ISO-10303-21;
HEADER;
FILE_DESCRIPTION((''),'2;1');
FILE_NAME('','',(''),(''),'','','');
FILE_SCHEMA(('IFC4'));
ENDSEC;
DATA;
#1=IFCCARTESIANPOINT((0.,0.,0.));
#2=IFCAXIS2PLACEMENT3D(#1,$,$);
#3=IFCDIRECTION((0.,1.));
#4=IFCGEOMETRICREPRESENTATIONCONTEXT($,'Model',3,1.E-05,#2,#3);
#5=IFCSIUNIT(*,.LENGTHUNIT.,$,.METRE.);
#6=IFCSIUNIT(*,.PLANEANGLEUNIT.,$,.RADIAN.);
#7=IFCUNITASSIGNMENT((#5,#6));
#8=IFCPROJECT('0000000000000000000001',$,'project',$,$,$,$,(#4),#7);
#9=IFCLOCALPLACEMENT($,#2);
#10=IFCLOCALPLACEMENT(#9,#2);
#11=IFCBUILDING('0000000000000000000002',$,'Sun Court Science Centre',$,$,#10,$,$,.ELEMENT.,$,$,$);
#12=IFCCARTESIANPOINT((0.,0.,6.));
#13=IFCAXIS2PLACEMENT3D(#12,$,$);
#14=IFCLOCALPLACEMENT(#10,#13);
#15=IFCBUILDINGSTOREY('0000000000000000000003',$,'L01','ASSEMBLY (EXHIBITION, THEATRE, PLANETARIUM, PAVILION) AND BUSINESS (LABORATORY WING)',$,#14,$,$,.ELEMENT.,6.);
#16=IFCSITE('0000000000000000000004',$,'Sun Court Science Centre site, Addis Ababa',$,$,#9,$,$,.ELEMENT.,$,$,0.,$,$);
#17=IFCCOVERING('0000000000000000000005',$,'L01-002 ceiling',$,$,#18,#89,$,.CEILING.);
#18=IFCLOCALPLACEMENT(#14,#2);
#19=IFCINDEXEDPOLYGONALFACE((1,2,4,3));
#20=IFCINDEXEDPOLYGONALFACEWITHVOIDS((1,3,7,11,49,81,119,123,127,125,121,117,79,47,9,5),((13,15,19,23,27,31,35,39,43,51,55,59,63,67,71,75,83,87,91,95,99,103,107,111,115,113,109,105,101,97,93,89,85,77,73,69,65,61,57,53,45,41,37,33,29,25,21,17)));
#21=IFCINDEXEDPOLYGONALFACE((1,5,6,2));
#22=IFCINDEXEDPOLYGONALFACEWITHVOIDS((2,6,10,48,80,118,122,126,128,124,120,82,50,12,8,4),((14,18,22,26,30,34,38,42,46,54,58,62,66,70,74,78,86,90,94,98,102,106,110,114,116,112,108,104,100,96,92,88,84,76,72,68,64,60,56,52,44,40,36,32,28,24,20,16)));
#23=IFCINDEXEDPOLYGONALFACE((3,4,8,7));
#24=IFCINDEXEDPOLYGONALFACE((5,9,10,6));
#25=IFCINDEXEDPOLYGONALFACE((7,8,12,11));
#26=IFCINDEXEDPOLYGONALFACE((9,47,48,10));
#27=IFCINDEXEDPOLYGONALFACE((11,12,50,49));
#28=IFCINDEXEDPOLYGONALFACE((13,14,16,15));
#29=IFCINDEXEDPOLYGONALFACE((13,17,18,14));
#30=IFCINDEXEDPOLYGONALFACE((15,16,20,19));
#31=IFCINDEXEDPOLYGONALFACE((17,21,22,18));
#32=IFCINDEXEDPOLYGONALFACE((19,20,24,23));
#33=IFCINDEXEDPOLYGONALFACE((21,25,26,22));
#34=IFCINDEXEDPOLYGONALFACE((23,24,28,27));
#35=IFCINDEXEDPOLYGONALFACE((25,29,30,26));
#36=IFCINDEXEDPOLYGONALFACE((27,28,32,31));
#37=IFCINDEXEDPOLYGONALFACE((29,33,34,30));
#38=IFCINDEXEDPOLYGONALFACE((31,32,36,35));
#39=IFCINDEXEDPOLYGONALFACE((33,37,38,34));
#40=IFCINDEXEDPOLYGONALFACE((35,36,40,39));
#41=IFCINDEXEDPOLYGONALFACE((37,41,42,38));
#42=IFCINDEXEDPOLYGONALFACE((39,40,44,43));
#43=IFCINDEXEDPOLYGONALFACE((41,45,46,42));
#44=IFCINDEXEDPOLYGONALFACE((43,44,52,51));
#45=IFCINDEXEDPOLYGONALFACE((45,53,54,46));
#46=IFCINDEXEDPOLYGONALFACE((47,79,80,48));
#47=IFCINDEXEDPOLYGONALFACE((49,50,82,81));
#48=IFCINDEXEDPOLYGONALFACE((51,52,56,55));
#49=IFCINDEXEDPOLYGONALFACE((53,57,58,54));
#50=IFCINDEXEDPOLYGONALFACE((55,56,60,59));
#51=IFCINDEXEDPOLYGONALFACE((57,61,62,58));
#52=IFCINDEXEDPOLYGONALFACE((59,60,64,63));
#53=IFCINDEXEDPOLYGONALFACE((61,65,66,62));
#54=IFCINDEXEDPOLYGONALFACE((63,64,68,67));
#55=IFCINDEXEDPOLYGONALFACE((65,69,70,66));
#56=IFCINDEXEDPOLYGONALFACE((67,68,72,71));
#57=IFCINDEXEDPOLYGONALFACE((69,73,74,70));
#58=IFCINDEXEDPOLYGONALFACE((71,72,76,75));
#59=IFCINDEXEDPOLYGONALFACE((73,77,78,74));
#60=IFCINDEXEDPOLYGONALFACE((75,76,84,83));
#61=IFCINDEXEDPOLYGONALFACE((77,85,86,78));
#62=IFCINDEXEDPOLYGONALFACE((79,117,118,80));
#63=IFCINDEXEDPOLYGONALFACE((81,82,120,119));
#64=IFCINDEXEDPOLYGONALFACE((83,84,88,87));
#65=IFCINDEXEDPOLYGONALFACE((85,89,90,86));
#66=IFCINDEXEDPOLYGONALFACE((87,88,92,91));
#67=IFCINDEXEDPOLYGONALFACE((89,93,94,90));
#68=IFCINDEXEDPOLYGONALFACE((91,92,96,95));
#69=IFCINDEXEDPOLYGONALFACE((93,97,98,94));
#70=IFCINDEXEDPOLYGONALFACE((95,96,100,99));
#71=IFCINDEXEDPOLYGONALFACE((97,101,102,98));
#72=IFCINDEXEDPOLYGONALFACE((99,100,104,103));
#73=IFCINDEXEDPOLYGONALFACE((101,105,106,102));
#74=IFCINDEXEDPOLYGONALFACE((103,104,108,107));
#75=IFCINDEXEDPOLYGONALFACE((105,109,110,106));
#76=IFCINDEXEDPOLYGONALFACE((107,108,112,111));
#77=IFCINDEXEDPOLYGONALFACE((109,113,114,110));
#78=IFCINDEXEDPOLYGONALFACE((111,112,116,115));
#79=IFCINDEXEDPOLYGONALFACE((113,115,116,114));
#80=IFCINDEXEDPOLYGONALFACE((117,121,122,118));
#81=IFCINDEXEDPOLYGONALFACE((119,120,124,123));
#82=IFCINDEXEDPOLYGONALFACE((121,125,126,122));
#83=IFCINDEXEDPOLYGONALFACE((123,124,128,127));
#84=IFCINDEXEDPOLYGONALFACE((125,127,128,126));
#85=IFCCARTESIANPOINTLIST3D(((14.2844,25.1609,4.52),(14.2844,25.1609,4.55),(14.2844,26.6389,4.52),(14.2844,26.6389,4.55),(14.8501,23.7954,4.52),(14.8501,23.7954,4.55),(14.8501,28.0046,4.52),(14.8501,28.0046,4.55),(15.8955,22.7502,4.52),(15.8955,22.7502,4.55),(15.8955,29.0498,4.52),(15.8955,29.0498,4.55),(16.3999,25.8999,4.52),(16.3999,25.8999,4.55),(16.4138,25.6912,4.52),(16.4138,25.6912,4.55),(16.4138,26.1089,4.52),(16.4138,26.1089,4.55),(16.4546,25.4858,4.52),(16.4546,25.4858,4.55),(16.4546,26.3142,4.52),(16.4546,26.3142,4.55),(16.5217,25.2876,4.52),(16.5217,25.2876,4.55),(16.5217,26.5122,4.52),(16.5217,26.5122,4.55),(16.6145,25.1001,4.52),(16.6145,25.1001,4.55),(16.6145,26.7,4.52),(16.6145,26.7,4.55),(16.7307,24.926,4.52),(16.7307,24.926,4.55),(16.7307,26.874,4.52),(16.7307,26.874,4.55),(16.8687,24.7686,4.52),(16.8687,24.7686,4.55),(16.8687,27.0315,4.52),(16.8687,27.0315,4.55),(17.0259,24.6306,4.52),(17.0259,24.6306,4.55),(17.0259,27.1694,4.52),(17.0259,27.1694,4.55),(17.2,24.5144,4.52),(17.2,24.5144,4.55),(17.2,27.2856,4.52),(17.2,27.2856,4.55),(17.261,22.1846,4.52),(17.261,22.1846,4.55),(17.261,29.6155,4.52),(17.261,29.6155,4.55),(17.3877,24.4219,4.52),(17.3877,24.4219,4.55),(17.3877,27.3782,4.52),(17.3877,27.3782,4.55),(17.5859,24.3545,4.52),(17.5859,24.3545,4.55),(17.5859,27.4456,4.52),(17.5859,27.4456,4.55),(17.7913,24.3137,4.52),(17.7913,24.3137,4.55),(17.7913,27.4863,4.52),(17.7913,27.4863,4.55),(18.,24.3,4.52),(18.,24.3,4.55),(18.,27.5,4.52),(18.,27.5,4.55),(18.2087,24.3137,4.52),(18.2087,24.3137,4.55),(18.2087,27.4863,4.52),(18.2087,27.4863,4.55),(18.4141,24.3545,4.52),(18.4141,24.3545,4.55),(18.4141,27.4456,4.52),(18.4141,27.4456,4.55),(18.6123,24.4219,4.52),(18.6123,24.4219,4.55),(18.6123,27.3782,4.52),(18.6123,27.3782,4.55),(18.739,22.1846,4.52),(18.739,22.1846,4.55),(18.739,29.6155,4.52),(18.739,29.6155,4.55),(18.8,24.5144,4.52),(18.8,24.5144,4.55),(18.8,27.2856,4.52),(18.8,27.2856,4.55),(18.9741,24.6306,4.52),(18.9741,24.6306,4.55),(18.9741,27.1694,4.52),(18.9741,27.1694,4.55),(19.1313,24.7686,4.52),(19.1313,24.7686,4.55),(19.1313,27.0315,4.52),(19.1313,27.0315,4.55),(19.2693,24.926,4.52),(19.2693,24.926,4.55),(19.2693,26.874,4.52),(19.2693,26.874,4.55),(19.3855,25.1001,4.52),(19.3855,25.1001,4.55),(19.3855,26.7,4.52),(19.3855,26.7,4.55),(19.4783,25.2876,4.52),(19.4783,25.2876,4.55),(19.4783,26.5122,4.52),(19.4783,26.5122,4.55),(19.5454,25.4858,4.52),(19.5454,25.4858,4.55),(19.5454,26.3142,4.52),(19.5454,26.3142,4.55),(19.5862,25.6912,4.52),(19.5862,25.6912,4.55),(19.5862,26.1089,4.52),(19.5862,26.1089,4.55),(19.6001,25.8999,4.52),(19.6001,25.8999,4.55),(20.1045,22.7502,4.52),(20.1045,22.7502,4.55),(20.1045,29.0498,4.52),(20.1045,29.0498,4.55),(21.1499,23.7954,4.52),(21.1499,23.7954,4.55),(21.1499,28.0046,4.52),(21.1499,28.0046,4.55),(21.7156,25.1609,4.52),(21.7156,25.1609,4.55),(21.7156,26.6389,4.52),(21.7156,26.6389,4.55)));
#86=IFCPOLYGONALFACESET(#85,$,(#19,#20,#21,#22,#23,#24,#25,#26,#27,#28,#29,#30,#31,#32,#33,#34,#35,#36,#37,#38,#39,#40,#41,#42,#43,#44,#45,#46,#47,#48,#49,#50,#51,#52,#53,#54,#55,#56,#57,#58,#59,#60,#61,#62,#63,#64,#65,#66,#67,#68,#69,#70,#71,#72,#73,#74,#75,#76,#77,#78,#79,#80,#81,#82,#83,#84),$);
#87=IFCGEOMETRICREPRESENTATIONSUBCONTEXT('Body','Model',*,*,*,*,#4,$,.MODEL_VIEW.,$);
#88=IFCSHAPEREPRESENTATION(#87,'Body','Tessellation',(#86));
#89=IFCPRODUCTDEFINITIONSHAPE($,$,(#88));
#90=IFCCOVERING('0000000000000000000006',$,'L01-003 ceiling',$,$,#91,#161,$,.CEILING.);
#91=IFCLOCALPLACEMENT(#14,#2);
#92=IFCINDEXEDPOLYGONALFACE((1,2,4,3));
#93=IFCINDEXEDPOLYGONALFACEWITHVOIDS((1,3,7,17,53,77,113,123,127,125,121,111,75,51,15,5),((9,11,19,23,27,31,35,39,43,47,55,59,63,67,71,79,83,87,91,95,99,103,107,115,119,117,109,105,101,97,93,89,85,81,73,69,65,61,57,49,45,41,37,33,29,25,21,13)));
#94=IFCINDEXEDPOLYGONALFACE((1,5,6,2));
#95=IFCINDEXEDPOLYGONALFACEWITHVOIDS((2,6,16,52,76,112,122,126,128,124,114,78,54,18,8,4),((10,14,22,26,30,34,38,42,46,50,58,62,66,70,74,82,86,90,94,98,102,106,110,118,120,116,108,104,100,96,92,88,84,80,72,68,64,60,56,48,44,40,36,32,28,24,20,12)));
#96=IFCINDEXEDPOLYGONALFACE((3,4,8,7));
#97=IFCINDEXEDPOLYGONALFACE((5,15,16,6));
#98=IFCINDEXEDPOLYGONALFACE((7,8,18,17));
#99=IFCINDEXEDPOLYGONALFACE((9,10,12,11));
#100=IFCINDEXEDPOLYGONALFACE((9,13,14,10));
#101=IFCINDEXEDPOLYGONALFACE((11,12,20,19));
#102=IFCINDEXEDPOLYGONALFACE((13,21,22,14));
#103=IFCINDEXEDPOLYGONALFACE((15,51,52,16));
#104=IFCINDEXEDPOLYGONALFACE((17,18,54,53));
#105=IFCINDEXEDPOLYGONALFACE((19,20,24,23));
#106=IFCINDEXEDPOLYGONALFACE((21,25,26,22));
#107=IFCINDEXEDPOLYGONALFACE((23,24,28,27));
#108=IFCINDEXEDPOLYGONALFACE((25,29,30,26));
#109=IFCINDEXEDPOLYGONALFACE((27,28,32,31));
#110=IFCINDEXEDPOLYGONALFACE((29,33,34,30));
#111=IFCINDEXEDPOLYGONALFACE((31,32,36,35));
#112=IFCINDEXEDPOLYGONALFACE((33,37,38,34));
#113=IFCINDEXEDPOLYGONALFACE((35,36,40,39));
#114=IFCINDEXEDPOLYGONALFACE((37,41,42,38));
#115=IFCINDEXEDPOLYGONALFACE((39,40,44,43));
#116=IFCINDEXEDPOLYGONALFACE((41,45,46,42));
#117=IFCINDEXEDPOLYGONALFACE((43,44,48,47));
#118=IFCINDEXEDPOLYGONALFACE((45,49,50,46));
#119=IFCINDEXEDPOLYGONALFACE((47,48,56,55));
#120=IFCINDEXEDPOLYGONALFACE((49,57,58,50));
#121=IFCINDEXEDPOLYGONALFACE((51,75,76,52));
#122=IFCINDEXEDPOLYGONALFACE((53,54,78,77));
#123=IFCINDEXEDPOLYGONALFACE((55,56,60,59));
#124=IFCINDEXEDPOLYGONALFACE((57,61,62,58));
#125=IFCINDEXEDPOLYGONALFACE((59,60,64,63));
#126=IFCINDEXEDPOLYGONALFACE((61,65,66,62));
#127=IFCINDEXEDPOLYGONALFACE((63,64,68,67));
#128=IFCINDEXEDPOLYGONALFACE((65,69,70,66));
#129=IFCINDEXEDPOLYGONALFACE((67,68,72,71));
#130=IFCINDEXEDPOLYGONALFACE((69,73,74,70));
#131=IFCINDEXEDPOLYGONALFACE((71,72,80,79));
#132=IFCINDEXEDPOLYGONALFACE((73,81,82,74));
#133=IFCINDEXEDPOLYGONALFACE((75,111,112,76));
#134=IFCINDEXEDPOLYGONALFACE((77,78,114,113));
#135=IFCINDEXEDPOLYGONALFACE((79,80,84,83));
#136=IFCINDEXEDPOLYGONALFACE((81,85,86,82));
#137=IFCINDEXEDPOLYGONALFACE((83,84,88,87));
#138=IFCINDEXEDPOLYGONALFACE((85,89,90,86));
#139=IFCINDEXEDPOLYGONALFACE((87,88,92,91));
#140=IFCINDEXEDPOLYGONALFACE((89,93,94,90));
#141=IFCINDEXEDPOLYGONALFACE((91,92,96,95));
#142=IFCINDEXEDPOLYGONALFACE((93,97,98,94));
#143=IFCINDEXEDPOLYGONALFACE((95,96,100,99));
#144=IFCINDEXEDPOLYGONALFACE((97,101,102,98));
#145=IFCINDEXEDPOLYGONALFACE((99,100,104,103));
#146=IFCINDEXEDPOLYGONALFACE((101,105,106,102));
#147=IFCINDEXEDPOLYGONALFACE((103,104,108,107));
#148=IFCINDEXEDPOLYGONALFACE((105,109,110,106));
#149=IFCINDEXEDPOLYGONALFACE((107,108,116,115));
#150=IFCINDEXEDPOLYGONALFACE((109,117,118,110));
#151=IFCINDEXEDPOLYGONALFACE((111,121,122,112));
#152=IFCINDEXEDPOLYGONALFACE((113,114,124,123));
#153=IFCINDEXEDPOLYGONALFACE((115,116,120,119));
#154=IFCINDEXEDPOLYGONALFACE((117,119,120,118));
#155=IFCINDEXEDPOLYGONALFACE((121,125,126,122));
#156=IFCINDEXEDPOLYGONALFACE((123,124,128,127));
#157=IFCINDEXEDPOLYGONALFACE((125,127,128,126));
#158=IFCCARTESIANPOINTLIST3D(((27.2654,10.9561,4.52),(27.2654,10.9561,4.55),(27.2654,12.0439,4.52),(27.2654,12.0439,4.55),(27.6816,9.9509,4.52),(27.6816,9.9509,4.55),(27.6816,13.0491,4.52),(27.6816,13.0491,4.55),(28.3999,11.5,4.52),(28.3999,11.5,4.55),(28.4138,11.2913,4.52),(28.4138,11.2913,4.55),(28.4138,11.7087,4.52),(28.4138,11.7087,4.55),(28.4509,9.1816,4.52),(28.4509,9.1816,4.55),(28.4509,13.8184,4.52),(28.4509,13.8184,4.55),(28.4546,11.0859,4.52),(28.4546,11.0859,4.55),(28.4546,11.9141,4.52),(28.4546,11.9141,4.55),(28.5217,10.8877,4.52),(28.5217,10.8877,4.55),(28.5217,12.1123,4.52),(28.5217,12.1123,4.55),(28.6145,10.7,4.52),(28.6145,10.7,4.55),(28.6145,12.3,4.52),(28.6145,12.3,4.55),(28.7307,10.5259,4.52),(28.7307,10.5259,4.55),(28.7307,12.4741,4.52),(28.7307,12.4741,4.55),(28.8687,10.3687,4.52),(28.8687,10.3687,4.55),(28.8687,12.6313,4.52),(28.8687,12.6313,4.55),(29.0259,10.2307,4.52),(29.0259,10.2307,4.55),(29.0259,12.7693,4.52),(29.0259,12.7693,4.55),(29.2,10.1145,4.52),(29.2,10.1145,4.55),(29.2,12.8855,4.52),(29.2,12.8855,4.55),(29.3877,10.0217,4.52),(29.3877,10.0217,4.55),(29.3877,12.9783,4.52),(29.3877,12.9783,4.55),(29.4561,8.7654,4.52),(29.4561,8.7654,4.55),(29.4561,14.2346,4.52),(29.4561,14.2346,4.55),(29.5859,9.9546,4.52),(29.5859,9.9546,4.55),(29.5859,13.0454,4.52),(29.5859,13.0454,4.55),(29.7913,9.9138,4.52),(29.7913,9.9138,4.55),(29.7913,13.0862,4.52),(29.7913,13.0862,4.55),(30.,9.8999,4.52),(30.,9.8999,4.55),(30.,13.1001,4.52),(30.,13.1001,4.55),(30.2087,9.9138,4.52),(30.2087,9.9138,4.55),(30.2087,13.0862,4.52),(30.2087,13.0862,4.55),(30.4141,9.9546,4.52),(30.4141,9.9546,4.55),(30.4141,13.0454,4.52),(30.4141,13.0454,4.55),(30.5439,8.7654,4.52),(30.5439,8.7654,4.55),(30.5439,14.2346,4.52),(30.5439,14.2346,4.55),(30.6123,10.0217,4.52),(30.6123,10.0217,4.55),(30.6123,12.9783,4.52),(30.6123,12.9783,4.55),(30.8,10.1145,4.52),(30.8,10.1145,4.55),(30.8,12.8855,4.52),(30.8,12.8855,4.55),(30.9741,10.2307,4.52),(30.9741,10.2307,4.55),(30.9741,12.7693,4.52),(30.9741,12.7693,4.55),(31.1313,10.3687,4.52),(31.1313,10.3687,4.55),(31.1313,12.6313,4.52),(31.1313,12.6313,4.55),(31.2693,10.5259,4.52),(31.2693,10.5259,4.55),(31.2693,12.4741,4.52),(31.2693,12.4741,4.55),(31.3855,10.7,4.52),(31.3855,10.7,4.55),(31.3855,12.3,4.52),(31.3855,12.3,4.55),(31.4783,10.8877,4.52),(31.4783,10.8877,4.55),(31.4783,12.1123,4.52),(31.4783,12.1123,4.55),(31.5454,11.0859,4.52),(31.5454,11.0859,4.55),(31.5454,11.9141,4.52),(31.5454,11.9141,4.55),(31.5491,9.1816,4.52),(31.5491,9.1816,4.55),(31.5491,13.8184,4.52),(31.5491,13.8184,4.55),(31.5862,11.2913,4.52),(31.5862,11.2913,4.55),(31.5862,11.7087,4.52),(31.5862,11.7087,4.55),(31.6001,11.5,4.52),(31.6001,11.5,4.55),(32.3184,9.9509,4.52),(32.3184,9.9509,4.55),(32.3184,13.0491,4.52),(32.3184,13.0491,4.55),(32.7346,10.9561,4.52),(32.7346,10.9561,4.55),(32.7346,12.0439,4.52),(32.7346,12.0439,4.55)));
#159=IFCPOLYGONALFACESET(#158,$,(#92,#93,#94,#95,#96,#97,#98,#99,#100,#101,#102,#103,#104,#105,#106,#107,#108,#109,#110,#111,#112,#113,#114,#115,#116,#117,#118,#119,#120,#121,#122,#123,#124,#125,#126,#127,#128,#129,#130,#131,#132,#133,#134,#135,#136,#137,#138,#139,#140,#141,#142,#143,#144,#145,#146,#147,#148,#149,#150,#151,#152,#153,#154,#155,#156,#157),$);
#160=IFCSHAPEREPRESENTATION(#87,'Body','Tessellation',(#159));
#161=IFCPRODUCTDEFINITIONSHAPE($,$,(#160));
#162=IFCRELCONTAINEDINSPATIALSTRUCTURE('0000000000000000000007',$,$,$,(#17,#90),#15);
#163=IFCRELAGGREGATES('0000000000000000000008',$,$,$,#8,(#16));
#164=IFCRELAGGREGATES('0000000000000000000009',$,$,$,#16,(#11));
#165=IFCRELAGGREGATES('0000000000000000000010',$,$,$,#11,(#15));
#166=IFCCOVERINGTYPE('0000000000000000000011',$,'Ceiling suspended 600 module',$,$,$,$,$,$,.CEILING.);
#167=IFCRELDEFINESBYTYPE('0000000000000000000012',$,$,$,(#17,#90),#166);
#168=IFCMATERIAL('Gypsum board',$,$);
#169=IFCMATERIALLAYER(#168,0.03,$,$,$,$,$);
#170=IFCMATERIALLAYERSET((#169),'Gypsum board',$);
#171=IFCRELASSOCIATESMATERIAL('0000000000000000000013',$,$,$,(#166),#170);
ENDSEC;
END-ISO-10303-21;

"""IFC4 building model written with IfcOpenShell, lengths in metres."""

from ifc_helpers import new_model, si_unit, direction, frame, origin, place, context, subcontext, project, spatial, polyline, outline, extrude, material, layer, layer_set, type_object, element, save


model = new_model("IFC4")

# Units and contexts
model_context = context("Model", 3, precision=1e-05, world=origin(), true_north=direction((0.0, 1.0)))
body_context = subcontext(model_context, "Body", "Model", "MODEL_VIEW")
ifc_project = project(units=[si_unit("LENGTHUNIT", "METRE"), si_unit("PLANEANGLEUNIT", "RADIAN")], contexts=[model_context])

# Site, building, storey
site_placement = place(None, origin())
site = spatial("IfcSite", under=ifc_project, at=site_placement, Name="Sun Court Science Centre site, Addis Ababa", CompositionType="ELEMENT", RefElevation=0.0)
building_placement = place(site_placement, origin())
building = spatial("IfcBuilding", under=site, at=building_placement, Name="Sun Court Science Centre", CompositionType="ELEMENT")
storey_placement = place(building_placement, frame((0.0, 0.0, 6.0)))
storey = spatial("IfcBuildingStorey", under=building, at=storey_placement, Name="L01", Description="ASSEMBLY (EXHIBITION, THEATRE, PLANETARIUM, PAVILION) AND BUSINESS (LABORATORY WING)", CompositionType="ELEMENT", Elevation=6.0)

# Coverings
ifc_material_1 = material(Name="Gypsum board")
ifc_layer_1 = layer(ifc_material_1, 0.03)
ifc_layer_set_1 = layer_set([ifc_layer_1], Name="Gypsum board")
covering_type_1 = type_object("IfcCoveringType", Name="Ceiling suspended 600 module", PredefinedType="CEILING", material=ifc_layer_set_1)
covering_1_placement = place(storey_placement, frame((0.0, 0.0, 4.52)))
element("IfcCovering", 1, at=covering_1_placement, inside=storey, type_object=covering_type_1, Name="L01-002 ceiling", PredefinedType="CEILING", context=body_context, shape_type="SweptSolid", body=[
    extrude(outline(polyline([(21.1499, 23.7954), (20.1045, 22.7502), (18.739, 22.1846), (17.261, 22.1846), (15.8955, 22.7502), (14.8501, 23.7954), (14.2844, 25.1609), (14.2844, 26.6389), (14.8501, 28.0046), (15.8955, 29.0498), (17.261, 29.6155), (18.739, 29.6155), (20.1045, 29.0498), (21.1499, 28.0046), (21.7156, 26.6389), (21.7156, 25.1609), (21.1499, 23.7954)]), holes=[polyline([(19.4783, 26.5122), (19.3855, 26.7), (19.2693, 26.874), (19.1313, 27.0315), (18.9741, 27.1694), (18.8, 27.2856), (18.6123, 27.3782), (18.4141, 27.4456), (18.2087, 27.4863), (18.0, 27.5), (17.7913, 27.4863), (17.5859, 27.4456), (17.3877, 27.3782), (17.2, 27.2856), (17.0259, 27.1694), (16.8687, 27.0315), (16.7307, 26.874), (16.6145, 26.7), (16.5217, 26.5122), (16.4546, 26.3142), (16.4138, 26.1089), (16.3999, 25.8999), (16.4138, 25.6912), (16.4546, 25.4858), (16.5217, 25.2876), (16.6145, 25.1001), (16.7307, 24.926), (16.8687, 24.7686), (17.0259, 24.6306), (17.2, 24.5144), (17.3877, 24.4219), (17.5859, 24.3545), (17.7913, 24.3137), (18.0, 24.3), (18.2087, 24.3137), (18.4141, 24.3545), (18.6123, 24.4219), (18.8, 24.5144), (18.9741, 24.6306), (19.1313, 24.7686), (19.2693, 24.926), (19.3855, 25.1001), (19.4783, 25.2876), (19.5454, 25.4858), (19.5862, 25.6912), (19.6001, 25.8999), (19.5862, 26.1089), (19.5454, 26.3142), (19.4783, 26.5122)])]), origin(), (0.0, 0.0, 1.0), 0.03),
])
covering_2_placement = place(storey_placement, frame((0.0, 0.0, 4.52)))
element("IfcCovering", 2, at=covering_2_placement, inside=storey, type_object=covering_type_1, Name="L01-003 ceiling", PredefinedType="CEILING", context=body_context, shape_type="SweptSolid", body=[
    extrude(outline(polyline([(32.3184, 9.9509), (31.5491, 9.1816), (30.5439, 8.7654), (29.4561, 8.7654), (28.4509, 9.1816), (27.6816, 9.9509), (27.2654, 10.9561), (27.2654, 12.0439), (27.6816, 13.0491), (28.4509, 13.8184), (29.4561, 14.2346), (30.5439, 14.2346), (31.5491, 13.8184), (32.3184, 13.0491), (32.7346, 12.0439), (32.7346, 10.9561), (32.3184, 9.9509)]), holes=[polyline([(31.4783, 12.1123), (31.3855, 12.3), (31.2693, 12.4741), (31.1313, 12.6313), (30.9741, 12.7693), (30.8, 12.8855), (30.6123, 12.9783), (30.4141, 13.0454), (30.2087, 13.0862), (30.0, 13.1001), (29.7913, 13.0862), (29.5859, 13.0454), (29.3877, 12.9783), (29.2, 12.8855), (29.0259, 12.7693), (28.8687, 12.6313), (28.7307, 12.4741), (28.6145, 12.3), (28.5217, 12.1123), (28.4546, 11.9141), (28.4138, 11.7087), (28.3999, 11.5), (28.4138, 11.2913), (28.4546, 11.0859), (28.5217, 10.8877), (28.6145, 10.7), (28.7307, 10.5259), (28.8687, 10.3687), (29.0259, 10.2307), (29.2, 10.1145), (29.3877, 10.0217), (29.5859, 9.9546), (29.7913, 9.9138), (30.0, 9.8999), (30.2087, 9.9138), (30.4141, 9.9546), (30.6123, 10.0217), (30.8, 10.1145), (30.9741, 10.2307), (31.1313, 10.3687), (31.2693, 10.5259), (31.3855, 10.7), (31.4783, 10.8877), (31.5454, 11.0859), (31.5862, 11.2913), (31.6001, 11.5), (31.5862, 11.7087), (31.5454, 11.9141), (31.4783, 12.1123)])]), origin(), (0.0, 0.0, 1.0), 0.03),
])

save(model, "model.ifc")
